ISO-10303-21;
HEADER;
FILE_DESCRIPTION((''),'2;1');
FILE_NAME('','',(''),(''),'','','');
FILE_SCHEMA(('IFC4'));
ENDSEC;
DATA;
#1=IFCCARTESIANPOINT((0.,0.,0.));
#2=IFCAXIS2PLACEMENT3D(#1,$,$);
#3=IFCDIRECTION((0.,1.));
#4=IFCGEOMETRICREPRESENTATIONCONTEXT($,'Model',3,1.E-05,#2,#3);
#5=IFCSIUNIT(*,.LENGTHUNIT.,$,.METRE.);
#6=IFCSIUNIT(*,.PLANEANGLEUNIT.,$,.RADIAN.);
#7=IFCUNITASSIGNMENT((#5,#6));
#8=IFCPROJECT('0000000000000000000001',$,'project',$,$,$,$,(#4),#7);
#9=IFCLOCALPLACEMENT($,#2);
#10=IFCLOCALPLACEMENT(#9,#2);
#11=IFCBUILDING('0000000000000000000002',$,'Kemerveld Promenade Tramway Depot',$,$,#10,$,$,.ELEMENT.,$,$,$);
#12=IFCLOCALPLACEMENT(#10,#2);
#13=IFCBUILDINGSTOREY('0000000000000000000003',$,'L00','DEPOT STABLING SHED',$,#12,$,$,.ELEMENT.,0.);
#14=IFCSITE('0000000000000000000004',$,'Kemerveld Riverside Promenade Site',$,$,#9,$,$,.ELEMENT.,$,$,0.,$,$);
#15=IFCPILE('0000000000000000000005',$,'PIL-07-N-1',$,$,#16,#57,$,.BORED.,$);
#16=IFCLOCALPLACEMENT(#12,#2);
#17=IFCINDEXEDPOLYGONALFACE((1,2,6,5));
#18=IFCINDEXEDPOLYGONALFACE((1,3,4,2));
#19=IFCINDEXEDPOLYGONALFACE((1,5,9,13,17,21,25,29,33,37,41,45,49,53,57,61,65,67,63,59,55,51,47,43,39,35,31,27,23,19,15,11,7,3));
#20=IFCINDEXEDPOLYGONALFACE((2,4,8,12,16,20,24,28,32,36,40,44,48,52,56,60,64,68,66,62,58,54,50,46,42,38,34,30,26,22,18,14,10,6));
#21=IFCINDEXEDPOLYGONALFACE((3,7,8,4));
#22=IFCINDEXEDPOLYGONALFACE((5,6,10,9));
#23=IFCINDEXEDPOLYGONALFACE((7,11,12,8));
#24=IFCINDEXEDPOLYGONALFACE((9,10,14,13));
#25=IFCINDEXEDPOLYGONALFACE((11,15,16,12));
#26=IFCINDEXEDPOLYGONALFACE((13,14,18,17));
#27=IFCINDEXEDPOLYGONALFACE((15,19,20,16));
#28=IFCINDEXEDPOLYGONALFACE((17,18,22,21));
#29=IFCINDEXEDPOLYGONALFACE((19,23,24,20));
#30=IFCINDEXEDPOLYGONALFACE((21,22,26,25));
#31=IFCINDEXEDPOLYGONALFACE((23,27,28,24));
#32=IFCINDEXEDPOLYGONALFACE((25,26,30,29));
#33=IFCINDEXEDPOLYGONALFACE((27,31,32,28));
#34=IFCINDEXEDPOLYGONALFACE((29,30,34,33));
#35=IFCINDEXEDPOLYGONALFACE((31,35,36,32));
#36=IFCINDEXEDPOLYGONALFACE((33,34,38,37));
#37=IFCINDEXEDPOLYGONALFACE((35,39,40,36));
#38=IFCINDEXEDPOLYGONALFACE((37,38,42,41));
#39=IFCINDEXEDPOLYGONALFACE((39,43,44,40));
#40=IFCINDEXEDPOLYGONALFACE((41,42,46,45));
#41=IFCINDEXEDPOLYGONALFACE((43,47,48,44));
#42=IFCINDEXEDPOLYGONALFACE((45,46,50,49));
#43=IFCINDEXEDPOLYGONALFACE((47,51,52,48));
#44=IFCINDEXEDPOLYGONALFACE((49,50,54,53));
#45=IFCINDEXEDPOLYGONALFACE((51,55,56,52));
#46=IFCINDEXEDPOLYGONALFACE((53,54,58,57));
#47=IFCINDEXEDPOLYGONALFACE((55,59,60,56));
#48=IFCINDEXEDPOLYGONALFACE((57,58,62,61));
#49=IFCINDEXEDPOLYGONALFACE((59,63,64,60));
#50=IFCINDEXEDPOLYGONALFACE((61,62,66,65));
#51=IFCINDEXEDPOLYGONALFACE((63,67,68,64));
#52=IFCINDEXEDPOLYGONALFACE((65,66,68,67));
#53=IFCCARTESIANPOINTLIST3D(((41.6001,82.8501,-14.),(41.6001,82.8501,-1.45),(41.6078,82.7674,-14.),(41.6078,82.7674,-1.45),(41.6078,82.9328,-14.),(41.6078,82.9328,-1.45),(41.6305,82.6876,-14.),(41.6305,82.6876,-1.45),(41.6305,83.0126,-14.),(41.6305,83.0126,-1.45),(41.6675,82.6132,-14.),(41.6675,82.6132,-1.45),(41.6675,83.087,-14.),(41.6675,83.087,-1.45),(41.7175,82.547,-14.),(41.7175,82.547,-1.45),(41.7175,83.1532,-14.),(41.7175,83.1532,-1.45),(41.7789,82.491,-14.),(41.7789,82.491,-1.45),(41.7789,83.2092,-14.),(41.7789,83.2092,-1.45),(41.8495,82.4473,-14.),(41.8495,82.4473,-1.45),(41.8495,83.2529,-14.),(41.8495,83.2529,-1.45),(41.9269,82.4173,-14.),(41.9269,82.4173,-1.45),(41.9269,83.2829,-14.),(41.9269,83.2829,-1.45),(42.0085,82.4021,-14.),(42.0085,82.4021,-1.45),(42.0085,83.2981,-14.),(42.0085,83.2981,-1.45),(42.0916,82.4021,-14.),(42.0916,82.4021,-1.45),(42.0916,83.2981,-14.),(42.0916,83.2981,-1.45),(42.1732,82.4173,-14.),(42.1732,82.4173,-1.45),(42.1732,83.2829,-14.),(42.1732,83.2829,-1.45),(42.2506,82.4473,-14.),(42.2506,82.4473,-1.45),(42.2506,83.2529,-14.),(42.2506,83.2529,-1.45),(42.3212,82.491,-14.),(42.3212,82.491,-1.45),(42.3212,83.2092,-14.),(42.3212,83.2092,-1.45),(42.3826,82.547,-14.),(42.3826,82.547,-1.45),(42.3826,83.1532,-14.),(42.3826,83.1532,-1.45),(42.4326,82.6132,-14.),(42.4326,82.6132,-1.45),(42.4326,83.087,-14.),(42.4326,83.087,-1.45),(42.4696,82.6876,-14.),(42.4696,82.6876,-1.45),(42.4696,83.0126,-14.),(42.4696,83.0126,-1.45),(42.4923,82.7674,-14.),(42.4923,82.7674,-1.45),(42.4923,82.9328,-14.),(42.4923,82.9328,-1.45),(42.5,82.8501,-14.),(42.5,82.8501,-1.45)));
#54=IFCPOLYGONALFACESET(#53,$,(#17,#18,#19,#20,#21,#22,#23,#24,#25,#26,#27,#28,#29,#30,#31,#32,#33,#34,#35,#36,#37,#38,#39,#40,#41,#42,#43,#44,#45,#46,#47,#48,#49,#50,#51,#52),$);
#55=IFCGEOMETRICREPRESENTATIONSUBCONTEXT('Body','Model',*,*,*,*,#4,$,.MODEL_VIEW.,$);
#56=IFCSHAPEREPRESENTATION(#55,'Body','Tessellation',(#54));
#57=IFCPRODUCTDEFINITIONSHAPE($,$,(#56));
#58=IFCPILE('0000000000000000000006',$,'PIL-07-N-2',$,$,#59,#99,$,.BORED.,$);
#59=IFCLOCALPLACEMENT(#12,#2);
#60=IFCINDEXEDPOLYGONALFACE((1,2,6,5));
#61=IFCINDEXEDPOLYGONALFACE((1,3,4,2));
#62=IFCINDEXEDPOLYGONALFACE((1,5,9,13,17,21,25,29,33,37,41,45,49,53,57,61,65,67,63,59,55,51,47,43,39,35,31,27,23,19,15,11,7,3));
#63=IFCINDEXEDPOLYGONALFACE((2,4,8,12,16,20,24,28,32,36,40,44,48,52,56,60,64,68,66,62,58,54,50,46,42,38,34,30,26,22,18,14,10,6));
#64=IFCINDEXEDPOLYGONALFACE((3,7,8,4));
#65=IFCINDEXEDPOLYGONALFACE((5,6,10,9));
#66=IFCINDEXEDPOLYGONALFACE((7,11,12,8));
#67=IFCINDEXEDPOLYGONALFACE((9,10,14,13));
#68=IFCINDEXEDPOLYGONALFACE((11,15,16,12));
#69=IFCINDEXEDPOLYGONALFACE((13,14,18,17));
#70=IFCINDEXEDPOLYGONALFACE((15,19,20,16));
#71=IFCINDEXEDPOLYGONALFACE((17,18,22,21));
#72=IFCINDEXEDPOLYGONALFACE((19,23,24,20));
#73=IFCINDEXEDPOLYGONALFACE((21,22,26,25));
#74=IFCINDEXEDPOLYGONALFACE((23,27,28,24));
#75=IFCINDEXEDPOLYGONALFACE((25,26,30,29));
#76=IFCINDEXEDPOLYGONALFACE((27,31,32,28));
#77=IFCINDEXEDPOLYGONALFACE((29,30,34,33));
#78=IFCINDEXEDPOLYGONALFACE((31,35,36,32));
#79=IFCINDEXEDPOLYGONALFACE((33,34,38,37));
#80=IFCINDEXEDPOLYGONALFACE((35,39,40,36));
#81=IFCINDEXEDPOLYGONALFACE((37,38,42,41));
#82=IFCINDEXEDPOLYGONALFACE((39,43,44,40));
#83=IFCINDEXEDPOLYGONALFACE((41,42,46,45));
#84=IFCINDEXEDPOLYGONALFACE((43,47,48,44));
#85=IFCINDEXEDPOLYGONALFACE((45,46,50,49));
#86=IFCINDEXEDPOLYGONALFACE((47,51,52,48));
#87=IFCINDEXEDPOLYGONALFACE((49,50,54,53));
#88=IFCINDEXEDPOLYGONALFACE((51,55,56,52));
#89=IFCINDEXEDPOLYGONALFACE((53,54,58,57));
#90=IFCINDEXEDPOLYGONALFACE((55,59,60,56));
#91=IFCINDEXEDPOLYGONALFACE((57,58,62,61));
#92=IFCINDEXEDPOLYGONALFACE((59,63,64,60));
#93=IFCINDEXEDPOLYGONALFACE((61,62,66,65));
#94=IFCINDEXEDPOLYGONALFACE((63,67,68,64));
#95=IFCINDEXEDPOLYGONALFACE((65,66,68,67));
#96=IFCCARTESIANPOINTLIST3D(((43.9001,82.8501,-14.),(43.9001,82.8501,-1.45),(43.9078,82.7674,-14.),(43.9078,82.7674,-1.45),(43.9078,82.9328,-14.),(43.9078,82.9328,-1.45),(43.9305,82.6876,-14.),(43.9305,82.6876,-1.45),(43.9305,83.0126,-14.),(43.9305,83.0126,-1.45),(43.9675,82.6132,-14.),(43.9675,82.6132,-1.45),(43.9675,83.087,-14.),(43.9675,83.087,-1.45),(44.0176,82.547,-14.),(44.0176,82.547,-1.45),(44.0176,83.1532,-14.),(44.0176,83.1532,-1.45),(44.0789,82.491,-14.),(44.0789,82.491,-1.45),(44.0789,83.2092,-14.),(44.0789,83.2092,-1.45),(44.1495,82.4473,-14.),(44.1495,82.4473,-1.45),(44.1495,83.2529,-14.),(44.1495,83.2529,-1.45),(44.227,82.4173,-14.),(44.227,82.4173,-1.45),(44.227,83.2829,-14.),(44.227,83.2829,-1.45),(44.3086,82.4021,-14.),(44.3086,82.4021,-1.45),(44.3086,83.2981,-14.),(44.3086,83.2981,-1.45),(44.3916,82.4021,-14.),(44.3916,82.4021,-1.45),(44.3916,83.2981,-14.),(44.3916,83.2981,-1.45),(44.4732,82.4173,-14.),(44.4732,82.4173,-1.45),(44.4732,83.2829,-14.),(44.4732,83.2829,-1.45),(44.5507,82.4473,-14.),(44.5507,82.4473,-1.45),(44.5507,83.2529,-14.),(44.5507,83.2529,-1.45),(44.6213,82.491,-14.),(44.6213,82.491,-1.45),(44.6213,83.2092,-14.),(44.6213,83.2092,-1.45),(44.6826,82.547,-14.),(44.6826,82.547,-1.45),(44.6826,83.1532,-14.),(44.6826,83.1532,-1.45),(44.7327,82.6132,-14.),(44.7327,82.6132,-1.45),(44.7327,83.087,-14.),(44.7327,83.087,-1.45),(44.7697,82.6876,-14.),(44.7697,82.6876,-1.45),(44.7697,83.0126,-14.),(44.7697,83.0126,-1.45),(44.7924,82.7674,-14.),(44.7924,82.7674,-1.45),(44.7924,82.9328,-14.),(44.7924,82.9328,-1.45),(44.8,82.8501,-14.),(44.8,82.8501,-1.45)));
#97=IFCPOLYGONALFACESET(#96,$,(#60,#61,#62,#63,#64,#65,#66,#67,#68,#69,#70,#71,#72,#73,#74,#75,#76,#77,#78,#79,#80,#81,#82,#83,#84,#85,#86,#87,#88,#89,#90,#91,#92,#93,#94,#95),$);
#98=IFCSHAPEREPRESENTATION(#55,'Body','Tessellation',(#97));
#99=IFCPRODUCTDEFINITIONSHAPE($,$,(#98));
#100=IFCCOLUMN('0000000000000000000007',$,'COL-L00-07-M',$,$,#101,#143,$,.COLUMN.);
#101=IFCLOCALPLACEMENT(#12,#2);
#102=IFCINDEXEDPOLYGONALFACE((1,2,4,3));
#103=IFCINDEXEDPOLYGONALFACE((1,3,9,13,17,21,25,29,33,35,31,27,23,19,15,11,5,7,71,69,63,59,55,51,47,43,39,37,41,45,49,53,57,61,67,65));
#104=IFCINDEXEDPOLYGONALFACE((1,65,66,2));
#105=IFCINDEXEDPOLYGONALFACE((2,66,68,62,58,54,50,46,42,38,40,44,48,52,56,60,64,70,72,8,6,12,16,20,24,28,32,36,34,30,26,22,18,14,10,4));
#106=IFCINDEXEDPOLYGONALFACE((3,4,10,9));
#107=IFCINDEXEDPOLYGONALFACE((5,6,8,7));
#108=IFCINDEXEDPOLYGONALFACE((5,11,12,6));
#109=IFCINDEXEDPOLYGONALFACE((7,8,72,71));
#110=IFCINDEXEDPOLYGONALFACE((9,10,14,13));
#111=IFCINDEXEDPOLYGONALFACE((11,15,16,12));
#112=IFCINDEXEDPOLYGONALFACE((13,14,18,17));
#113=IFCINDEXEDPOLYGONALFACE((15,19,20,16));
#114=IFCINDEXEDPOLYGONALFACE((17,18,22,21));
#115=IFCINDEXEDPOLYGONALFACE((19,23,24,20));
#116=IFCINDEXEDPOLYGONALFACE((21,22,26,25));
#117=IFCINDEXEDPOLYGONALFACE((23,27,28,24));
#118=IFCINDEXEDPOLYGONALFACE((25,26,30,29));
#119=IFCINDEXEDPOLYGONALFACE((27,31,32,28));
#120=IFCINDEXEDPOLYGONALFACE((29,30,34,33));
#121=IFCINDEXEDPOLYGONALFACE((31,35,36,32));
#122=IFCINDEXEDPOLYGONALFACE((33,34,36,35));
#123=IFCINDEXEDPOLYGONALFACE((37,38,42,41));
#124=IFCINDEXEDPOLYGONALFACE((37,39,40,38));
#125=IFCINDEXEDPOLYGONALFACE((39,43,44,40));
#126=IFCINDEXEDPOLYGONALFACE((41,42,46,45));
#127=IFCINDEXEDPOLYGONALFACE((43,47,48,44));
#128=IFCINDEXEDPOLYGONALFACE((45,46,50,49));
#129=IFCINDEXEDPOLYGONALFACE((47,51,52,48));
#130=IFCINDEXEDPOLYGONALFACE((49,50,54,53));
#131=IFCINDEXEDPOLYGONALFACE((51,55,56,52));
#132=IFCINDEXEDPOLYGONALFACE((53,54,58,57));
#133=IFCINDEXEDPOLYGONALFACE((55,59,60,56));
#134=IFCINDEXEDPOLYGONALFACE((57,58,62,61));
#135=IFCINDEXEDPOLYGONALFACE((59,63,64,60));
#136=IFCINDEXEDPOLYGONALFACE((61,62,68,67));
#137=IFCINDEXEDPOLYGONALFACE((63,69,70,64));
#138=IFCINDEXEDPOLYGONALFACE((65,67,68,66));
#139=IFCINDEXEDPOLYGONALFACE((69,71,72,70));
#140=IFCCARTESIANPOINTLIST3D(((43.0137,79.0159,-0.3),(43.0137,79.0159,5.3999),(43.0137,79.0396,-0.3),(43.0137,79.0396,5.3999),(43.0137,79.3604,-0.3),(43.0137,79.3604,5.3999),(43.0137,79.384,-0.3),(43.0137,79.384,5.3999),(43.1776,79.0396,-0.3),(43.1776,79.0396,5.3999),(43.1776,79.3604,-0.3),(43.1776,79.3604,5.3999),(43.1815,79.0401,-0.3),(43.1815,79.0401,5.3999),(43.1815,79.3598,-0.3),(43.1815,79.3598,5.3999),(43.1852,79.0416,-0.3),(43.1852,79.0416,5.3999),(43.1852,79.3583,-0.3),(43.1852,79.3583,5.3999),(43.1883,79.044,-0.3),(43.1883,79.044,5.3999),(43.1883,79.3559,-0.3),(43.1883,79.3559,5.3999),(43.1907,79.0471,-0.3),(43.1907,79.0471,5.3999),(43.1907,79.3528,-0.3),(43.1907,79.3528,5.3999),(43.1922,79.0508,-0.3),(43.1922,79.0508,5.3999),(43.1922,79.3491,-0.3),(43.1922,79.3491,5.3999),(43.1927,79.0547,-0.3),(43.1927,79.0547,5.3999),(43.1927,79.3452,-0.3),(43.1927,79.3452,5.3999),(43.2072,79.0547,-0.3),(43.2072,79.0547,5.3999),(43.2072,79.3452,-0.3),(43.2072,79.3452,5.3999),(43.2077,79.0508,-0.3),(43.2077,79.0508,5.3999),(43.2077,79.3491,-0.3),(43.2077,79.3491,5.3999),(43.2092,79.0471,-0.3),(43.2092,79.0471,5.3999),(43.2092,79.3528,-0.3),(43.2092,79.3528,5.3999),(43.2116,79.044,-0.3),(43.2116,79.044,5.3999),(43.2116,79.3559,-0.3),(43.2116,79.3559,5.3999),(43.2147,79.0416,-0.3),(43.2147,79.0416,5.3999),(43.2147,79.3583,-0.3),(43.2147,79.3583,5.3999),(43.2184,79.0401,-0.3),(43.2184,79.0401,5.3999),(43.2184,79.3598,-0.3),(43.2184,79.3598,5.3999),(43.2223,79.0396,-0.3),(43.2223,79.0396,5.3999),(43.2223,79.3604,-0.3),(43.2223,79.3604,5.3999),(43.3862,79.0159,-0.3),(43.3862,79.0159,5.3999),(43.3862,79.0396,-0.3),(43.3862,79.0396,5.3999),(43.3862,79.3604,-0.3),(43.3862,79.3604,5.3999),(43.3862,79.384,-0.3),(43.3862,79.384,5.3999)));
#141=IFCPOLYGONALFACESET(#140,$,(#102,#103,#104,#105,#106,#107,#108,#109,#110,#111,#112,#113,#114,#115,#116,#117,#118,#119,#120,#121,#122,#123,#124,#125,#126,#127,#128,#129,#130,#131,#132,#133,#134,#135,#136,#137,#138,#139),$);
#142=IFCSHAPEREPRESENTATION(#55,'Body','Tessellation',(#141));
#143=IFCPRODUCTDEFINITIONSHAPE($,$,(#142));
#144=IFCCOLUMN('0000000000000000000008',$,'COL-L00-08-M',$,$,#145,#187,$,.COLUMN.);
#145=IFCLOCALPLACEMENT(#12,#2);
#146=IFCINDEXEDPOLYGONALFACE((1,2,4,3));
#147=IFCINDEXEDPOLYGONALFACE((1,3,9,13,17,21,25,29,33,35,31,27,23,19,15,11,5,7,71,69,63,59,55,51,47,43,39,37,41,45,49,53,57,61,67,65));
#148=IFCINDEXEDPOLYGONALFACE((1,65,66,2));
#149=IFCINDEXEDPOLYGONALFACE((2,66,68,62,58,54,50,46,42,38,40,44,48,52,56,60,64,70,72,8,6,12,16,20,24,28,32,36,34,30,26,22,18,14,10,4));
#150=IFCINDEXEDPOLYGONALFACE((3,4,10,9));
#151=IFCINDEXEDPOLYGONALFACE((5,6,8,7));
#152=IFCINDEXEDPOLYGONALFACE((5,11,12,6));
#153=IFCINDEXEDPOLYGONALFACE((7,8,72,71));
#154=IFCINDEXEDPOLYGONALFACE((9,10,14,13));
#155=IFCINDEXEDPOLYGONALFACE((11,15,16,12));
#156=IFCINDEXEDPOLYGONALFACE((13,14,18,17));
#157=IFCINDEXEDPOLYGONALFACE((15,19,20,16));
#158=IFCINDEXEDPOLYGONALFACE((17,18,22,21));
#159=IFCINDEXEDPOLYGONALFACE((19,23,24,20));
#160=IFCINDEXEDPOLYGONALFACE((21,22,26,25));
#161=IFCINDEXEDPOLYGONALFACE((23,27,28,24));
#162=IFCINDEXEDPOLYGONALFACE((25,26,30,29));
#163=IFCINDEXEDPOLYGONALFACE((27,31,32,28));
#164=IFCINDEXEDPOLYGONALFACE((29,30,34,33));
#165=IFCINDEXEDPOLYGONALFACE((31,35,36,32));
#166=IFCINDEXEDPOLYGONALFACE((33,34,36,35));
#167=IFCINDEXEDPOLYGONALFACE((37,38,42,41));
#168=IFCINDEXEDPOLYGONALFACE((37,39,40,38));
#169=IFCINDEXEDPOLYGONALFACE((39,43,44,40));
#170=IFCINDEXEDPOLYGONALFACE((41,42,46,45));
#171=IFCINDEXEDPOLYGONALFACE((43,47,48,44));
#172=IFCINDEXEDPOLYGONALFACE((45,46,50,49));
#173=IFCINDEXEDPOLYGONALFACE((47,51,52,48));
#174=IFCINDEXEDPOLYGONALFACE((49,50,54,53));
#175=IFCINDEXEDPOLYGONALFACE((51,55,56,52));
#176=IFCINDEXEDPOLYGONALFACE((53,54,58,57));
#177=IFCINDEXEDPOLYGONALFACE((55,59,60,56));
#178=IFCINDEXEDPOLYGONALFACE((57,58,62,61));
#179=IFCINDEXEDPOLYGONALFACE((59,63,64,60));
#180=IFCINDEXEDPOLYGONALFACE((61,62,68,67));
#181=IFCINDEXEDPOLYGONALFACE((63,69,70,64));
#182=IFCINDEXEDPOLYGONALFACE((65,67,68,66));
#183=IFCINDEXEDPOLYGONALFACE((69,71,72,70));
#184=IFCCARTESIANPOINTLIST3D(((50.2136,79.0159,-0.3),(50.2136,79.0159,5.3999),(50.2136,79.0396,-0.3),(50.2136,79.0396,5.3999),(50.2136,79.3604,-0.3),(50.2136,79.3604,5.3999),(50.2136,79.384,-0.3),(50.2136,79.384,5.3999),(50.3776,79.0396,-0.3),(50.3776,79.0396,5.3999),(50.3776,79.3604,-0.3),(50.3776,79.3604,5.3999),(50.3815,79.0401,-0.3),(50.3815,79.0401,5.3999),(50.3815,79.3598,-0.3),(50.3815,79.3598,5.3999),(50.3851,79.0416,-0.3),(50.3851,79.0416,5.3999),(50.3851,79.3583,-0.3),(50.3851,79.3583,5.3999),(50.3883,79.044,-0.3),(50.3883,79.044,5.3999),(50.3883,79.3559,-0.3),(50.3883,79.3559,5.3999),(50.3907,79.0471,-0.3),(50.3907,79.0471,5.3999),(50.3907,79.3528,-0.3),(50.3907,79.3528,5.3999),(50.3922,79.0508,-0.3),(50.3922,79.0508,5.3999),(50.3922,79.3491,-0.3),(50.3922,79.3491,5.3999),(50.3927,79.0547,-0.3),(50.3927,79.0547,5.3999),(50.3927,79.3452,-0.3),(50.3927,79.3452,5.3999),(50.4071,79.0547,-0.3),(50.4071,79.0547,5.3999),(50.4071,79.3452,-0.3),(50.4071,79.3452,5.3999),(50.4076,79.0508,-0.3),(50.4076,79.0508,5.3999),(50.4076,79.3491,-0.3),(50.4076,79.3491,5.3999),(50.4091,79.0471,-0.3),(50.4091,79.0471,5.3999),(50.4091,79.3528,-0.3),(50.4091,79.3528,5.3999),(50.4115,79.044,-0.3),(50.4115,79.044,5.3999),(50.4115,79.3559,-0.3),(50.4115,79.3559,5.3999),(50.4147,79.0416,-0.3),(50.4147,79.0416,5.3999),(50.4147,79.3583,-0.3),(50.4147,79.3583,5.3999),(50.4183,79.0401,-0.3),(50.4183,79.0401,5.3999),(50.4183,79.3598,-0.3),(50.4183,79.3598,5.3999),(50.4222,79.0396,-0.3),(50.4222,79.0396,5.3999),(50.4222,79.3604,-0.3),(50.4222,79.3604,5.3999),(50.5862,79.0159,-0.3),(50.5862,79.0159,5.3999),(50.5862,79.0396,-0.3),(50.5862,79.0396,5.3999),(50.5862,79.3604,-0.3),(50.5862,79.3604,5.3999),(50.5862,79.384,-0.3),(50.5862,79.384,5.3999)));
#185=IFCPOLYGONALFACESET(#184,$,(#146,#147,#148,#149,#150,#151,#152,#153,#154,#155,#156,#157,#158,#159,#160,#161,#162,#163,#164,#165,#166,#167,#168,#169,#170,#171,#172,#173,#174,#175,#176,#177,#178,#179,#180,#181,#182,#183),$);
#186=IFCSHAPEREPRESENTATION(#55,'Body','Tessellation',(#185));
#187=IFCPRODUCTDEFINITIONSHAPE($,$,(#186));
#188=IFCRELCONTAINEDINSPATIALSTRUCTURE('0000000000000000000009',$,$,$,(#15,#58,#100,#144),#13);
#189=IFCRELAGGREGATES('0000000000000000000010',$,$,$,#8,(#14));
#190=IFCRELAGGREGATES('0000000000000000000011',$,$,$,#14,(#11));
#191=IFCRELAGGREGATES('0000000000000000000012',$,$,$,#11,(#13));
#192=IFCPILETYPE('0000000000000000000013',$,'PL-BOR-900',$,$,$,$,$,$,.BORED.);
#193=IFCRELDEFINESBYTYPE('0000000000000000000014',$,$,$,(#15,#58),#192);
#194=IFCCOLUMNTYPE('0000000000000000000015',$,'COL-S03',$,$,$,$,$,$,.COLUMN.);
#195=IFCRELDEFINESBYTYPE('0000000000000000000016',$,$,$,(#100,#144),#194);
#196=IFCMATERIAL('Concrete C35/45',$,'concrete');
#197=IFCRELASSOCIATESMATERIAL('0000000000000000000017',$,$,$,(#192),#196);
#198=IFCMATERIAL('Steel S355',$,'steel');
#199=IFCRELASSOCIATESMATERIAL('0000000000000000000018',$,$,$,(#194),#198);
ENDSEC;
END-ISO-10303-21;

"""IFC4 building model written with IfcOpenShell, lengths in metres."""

from ifc_helpers import new_model, si_unit, direction, frame, origin, origin_2d, place, context, subcontext, project, spatial, circle, i_section, extrude, material, material_profile, profile_set, type_object, element, save


model = new_model("IFC4")

# Units and contexts
model_context = context("Model", 3, precision=1e-05, world=origin(), true_north=direction((0.0, 1.0)))
body_context = subcontext(model_context, "Body", "Model", "MODEL_VIEW")
ifc_project = project(units=[si_unit("LENGTHUNIT", "METRE"), si_unit("PLANEANGLEUNIT", "RADIAN")], contexts=[model_context])

# Site, building, storey
site_placement = place(None, origin())
site = spatial("IfcSite", under=ifc_project, at=site_placement, Name="Kemerveld Riverside Promenade Site", CompositionType="ELEMENT", RefElevation=0.0)
building_placement = place(site_placement, origin())
building = spatial("IfcBuilding", under=site, at=building_placement, Name="Kemerveld Promenade Tramway Depot", CompositionType="ELEMENT")
storey_placement = place(building_placement, origin())
storey = spatial("IfcBuildingStorey", under=building, at=storey_placement, Name="L00", Description="DEPOT STABLING SHED", CompositionType="ELEMENT", Elevation=0.0)

# Shared definitions
ifc_material_1 = material(Name="Concrete C35/45", Category="concrete")

# Piles
ifc_material_profile_1 = material_profile(ifc_material_1, circle(Radius=0.45, at=origin_2d()), Name="PILE-D900")
ifc_profile_set_1 = profile_set([ifc_material_profile_1], Name="Concrete C35/45")
pile_type_1 = type_object("IfcPileType", Name="PL-BOR-900", PredefinedType="BORED", material=ifc_profile_set_1)
for number, where, z_axis, x_axis, name in (
    (1, (42.05, 82.8501, -1.45), (0.0, 0.0, -1.0), (1.0, 0.0, 0.0), "PIL-07-N-1"),
    (2, (44.3501, 82.8501, -1.45), (0.0, 0.0, -1.0), (1.0, 0.0, 0.0), "PIL-07-N-2"),
):
    element("IfcPile", number, at=place(storey_placement, frame(where, z_axis=z_axis, x_axis=x_axis)), inside=storey, type_object=pile_type_1, Name=name, PredefinedType="BORED", context=body_context, shape_type="SweptSolid", body=[
        extrude(circle(Radius=0.45, at=origin_2d()), origin(), (0.0, 0.0, 1.0), 12.55),
    ])

# Columns
ifc_material_2 = material(Name="Steel S355", Category="steel")
ifc_material_profile_2 = material_profile(ifc_material_2, i_section(OverallWidth=0.3726, OverallDepth=0.3682, WebThickness=0.0144, FlangeThickness=0.0237, FilletRadius=0.0151, at=origin_2d()), Name="356x368x177 UC")
ifc_profile_set_2 = profile_set([ifc_material_profile_2], Name="Steel S355")
column_type = type_object("IfcColumnType", Name="COL-S03", PredefinedType="COLUMN", material=ifc_profile_set_2)
for number, where, z_axis, x_axis, name in (
    (3, (43.2, 79.2, -0.3), (0.0, 0.0, 1.0), (1.0, 0.0, 0.0), "COL-L00-07-M"),
    (4, (50.3999, 79.2, -0.3), (0.0, 0.0, 1.0), (1.0, 0.0, 0.0), "COL-L00-08-M"),
):
    element("IfcColumn", number, at=place(storey_placement, frame(where, z_axis=z_axis, x_axis=x_axis)), inside=storey, type_object=column_type, Name=name, PredefinedType="COLUMN", context=body_context, shape_type="SweptSolid", body=[
        extrude(i_section(OverallWidth=0.3726, OverallDepth=0.3682, WebThickness=0.0144, FlangeThickness=0.0237, FilletRadius=0.0151, at=origin_2d()), origin(), (0.0, 0.0, 1.0), 5.7),
    ])

save(model, "model.ifc")
